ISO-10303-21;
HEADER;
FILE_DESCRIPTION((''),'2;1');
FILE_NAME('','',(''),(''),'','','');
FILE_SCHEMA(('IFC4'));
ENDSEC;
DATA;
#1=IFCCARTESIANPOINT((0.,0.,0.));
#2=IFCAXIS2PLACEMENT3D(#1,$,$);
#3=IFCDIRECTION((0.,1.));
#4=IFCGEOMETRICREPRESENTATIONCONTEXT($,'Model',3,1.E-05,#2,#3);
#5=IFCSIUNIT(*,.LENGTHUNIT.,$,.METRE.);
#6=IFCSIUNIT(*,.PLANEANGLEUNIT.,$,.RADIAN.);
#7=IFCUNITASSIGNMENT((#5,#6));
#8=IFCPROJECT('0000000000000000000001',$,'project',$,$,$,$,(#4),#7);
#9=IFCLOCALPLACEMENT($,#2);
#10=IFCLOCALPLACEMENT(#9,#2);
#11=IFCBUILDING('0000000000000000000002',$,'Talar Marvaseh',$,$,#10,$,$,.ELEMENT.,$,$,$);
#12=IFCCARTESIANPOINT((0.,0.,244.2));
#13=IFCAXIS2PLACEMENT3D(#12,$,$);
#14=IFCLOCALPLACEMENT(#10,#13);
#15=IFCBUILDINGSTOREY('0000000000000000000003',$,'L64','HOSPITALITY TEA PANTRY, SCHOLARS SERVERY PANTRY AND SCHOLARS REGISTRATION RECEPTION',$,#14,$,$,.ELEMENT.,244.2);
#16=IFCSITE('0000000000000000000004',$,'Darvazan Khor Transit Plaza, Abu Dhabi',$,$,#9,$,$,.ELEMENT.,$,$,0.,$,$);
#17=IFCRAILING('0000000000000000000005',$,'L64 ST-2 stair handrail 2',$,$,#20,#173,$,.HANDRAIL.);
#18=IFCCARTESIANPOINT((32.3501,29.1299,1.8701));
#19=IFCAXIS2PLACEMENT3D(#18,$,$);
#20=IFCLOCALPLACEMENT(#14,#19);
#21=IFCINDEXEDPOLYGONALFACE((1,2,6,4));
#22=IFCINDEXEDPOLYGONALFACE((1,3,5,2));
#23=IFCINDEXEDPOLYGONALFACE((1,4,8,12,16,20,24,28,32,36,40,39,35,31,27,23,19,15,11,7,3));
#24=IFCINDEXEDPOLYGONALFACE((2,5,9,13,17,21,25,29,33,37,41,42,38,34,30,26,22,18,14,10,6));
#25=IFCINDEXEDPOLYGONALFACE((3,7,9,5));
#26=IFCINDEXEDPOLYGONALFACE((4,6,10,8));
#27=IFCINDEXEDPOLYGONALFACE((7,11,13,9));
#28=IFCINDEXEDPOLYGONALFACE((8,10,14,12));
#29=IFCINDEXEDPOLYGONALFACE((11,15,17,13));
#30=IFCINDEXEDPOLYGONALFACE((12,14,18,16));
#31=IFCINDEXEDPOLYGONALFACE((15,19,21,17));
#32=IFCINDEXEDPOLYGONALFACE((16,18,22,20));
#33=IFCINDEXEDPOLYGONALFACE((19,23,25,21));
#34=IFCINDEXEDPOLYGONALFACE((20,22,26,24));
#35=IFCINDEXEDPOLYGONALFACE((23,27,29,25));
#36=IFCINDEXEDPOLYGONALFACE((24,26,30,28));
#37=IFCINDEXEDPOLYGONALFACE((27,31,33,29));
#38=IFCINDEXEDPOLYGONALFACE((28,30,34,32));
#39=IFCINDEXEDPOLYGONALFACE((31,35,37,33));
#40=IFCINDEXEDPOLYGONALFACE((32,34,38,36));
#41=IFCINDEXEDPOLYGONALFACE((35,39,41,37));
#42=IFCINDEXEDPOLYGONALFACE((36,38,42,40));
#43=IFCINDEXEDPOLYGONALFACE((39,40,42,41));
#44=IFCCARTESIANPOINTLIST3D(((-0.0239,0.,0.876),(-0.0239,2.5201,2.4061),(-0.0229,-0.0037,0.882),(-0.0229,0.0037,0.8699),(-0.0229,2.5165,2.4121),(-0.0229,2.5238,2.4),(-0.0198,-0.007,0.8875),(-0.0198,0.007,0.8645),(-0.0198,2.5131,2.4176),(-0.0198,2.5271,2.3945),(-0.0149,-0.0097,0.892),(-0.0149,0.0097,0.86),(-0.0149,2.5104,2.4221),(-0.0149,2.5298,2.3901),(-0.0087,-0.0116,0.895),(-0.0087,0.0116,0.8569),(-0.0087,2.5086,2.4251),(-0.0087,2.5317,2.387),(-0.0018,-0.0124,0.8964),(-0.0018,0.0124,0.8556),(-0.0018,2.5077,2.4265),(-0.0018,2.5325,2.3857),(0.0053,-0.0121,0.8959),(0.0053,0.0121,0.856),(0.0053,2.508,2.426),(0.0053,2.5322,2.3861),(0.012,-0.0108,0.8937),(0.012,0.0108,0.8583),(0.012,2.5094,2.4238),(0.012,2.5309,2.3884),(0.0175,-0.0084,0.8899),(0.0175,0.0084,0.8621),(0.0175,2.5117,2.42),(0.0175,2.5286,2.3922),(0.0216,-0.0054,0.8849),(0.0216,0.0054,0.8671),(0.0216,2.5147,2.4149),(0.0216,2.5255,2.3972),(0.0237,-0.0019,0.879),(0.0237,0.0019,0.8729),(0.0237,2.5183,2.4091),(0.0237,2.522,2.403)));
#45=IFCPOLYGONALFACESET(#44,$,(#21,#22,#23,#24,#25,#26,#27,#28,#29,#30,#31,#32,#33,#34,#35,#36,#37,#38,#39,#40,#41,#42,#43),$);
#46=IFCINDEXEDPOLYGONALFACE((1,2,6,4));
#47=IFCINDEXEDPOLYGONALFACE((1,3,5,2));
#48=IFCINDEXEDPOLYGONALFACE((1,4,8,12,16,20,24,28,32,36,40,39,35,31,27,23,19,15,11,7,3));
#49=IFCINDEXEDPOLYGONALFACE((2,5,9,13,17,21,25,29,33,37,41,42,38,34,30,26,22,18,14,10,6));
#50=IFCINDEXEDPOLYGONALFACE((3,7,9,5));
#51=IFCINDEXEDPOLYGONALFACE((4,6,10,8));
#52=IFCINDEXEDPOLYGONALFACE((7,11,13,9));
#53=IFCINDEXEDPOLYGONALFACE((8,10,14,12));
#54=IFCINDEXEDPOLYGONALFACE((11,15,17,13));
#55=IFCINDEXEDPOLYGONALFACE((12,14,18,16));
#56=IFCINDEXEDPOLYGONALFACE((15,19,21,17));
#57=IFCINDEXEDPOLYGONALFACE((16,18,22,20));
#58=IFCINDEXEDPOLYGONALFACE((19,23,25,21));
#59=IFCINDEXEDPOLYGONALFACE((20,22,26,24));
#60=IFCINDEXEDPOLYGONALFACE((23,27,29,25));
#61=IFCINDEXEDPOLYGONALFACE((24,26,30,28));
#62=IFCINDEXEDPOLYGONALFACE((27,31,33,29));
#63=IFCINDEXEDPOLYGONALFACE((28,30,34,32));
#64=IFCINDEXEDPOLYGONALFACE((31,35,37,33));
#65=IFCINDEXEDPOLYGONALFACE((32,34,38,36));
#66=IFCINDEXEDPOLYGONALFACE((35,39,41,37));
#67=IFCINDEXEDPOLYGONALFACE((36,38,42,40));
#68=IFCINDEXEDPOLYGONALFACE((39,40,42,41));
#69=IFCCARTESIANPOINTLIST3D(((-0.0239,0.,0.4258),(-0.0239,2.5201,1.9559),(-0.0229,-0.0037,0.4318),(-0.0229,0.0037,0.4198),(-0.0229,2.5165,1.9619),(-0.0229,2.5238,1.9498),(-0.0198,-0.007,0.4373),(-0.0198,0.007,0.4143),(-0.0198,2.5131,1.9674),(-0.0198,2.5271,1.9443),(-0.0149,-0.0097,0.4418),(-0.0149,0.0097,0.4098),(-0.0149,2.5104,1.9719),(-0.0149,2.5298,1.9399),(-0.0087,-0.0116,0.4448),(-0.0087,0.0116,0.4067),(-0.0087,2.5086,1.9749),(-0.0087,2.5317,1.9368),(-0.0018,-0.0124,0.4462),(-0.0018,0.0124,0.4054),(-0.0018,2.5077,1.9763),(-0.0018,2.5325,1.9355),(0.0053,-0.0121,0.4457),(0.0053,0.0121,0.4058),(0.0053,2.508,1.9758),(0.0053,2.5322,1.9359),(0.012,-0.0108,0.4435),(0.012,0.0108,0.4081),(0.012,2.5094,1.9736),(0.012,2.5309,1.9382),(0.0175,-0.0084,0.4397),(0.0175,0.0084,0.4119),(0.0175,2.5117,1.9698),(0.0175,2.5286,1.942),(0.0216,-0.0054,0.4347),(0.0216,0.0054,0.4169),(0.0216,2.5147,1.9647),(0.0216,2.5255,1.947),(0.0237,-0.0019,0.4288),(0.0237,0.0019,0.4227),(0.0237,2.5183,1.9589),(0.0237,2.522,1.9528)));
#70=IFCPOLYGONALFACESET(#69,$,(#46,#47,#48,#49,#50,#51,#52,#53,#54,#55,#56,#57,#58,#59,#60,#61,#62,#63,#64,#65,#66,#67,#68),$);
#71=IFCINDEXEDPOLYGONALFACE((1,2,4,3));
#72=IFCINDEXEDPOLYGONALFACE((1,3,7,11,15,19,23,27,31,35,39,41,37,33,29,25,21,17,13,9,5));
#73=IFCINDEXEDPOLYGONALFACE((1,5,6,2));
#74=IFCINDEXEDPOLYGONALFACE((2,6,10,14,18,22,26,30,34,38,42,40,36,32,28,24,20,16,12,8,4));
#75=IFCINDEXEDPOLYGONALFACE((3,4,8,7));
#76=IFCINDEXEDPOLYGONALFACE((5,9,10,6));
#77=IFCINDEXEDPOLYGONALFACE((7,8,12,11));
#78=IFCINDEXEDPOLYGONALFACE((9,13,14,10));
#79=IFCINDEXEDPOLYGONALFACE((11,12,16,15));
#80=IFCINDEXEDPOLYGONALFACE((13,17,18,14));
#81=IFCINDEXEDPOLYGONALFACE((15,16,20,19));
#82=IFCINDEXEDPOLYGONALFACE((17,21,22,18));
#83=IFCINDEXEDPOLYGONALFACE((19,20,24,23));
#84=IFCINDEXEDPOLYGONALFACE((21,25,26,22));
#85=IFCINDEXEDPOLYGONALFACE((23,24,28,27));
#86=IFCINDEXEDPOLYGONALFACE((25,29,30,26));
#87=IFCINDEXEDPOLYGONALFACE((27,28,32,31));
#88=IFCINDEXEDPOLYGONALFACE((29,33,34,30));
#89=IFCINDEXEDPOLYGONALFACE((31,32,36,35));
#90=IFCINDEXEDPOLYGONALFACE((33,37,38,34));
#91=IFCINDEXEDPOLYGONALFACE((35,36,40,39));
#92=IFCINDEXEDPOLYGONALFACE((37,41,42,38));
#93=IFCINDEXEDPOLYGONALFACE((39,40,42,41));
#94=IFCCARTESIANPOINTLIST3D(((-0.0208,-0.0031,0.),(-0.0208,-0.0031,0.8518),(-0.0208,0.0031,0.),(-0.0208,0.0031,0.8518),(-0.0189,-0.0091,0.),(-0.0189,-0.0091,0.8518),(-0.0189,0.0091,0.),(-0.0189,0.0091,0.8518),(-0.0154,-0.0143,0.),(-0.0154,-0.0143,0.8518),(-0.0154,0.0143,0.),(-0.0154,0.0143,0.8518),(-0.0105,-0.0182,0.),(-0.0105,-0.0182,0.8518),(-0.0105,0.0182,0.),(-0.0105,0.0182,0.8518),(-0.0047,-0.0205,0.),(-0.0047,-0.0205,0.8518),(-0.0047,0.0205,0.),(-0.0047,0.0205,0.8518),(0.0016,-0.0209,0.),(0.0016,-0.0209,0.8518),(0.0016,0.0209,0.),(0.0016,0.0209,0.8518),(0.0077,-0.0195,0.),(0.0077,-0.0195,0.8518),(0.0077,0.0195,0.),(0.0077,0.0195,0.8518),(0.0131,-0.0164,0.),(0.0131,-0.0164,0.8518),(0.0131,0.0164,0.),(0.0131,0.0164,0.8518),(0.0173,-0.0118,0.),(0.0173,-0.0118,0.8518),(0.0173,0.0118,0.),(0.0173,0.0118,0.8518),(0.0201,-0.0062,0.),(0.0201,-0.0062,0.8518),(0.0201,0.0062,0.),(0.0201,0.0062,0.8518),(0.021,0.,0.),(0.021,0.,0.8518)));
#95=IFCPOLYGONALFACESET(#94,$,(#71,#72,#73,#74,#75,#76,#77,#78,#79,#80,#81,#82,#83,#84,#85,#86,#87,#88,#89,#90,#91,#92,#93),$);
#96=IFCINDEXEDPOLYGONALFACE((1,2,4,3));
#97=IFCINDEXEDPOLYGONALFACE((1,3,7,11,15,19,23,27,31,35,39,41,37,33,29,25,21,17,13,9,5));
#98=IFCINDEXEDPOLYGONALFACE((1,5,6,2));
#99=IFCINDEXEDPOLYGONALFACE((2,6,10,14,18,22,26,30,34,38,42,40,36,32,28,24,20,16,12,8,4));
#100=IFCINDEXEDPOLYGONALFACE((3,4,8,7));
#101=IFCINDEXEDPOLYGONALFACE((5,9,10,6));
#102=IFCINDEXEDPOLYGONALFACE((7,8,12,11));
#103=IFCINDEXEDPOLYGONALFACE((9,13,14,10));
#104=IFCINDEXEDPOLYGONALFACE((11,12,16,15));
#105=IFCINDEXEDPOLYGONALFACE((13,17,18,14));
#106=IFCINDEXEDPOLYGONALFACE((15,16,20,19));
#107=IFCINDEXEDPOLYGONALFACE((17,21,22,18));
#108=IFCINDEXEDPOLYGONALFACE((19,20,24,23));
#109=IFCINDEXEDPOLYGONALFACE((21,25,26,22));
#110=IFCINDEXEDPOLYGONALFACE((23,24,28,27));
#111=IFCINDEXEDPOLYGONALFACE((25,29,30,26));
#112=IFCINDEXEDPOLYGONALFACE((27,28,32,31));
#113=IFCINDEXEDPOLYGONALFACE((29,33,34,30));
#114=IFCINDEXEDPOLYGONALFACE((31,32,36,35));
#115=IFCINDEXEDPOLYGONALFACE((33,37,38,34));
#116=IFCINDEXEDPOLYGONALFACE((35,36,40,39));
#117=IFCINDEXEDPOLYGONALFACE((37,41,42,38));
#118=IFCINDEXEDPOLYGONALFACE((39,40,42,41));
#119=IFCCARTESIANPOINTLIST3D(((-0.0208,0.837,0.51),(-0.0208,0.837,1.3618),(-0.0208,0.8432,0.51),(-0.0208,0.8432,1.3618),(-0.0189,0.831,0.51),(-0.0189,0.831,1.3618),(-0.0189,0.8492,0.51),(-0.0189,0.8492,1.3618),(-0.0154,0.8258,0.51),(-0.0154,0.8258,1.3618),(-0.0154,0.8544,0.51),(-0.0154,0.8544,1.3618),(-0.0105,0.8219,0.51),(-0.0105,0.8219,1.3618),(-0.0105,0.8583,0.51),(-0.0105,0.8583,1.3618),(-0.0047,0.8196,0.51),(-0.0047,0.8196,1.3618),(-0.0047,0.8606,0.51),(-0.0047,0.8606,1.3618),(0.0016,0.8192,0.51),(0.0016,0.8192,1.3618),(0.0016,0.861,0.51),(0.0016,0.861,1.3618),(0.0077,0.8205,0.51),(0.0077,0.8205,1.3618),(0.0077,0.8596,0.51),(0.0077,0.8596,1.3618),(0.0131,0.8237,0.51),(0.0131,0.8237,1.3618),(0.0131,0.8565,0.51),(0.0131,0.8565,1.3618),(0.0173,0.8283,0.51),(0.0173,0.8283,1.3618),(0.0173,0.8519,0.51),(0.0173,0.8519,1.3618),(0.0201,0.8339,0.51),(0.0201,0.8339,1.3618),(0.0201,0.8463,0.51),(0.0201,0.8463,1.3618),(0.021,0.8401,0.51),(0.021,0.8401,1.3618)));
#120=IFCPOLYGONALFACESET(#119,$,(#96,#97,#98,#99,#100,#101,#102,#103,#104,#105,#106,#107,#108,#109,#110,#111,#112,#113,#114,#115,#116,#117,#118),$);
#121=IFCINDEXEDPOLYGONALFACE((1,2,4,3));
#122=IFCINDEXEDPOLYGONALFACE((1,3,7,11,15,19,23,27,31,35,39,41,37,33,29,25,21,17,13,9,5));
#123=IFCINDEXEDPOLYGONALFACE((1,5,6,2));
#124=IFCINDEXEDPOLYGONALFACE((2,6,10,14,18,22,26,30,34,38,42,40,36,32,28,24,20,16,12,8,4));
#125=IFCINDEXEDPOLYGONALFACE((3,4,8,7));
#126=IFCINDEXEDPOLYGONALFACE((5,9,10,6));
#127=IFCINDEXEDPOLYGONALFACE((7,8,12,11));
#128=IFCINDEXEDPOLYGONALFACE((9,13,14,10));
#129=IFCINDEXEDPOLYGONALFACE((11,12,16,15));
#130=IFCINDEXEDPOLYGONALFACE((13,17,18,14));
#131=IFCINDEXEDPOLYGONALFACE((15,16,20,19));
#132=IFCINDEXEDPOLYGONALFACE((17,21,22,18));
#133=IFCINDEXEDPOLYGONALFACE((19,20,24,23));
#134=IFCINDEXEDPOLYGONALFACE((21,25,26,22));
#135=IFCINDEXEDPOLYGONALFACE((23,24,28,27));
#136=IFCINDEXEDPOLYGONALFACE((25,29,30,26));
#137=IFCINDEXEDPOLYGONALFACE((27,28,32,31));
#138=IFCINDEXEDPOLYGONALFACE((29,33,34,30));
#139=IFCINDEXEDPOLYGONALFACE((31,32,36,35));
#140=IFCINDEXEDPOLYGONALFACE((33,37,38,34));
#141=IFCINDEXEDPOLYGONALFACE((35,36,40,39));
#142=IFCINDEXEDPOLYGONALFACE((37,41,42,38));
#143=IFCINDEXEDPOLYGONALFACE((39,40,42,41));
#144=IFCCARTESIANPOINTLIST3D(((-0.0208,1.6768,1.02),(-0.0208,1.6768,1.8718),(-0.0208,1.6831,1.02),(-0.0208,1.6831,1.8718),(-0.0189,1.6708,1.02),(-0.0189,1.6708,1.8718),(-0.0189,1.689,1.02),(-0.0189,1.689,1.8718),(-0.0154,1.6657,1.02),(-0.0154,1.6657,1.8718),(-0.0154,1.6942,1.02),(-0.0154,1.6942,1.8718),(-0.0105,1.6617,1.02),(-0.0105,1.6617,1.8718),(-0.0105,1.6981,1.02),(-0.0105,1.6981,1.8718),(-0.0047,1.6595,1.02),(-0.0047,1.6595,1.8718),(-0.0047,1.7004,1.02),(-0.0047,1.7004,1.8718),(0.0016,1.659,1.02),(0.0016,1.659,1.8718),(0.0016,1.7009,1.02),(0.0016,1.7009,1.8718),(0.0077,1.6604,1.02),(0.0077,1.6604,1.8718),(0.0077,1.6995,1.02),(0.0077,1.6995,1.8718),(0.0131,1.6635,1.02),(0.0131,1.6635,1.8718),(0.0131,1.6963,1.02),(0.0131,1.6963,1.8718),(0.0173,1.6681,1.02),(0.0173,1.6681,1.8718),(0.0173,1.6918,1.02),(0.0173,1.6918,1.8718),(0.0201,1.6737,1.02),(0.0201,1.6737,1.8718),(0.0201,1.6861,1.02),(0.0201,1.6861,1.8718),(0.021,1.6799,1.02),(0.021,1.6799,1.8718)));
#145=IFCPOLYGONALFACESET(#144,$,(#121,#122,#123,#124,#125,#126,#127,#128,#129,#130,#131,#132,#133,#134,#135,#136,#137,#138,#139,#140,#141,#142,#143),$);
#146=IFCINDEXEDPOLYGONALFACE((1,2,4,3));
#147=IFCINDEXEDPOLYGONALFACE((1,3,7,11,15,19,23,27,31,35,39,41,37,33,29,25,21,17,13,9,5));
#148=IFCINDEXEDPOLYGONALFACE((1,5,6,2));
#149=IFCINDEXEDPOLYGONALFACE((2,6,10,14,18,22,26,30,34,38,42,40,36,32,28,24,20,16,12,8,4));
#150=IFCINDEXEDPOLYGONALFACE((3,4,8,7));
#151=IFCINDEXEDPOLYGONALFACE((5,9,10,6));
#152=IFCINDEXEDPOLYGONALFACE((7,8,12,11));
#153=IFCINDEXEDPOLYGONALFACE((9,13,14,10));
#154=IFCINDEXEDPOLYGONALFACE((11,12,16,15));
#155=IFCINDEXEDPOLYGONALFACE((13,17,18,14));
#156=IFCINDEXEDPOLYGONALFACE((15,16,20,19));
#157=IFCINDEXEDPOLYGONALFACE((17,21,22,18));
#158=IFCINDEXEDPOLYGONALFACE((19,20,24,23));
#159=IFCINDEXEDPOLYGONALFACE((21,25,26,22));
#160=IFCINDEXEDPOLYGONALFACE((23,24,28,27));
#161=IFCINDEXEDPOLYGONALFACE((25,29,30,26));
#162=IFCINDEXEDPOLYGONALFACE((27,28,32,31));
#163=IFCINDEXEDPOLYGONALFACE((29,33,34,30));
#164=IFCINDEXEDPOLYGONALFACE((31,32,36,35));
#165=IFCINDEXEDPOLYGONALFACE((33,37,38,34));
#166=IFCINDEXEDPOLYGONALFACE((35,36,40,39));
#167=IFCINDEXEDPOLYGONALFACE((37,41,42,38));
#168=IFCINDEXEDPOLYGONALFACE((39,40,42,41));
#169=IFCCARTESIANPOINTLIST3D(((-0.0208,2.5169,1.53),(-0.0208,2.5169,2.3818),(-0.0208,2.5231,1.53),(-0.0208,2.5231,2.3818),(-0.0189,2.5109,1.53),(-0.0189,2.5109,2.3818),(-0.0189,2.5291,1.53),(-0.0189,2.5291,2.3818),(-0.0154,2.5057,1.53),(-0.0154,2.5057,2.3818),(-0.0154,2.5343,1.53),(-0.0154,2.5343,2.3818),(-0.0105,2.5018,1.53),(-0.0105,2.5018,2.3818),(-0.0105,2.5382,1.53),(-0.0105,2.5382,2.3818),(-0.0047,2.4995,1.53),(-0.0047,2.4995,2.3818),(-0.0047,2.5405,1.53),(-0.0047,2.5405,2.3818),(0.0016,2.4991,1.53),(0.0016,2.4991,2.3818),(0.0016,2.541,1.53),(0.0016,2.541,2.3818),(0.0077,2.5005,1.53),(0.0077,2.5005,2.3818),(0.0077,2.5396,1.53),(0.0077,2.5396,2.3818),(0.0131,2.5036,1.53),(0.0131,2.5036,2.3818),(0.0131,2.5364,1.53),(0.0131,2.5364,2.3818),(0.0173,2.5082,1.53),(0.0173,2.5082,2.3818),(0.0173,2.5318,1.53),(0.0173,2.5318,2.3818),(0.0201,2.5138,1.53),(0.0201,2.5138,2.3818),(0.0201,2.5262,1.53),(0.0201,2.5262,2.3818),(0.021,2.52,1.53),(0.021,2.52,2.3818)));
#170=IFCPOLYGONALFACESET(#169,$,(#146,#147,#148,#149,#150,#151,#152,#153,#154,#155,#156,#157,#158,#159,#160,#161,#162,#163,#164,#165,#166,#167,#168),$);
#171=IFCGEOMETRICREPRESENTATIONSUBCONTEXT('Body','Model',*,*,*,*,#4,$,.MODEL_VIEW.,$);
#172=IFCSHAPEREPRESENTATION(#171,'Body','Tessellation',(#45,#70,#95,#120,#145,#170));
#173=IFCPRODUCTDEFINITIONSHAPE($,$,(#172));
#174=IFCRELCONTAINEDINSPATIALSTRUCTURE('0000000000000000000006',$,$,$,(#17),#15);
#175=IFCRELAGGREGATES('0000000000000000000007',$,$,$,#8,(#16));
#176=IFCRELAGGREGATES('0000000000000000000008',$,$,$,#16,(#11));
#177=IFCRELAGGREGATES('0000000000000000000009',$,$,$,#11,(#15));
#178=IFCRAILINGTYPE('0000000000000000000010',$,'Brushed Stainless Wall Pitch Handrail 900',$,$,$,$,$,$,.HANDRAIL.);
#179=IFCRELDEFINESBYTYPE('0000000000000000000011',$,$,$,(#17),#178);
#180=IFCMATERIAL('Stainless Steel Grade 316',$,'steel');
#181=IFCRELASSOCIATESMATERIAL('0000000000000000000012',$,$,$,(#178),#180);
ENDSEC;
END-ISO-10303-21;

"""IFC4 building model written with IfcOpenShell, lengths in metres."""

from ifc_helpers import new_model, si_unit, direction, frame, origin, origin_2d, place, context, subcontext, project, spatial, circle, extrude, material, type_object, element, save


model = new_model("IFC4")

# Units and contexts
model_context = context("Model", 3, precision=1e-05, world=origin(), true_north=direction((0.0, 1.0)))
body_context = subcontext(model_context, "Body", "Model", "MODEL_VIEW")
ifc_project = project(units=[si_unit("LENGTHUNIT", "METRE"), si_unit("PLANEANGLEUNIT", "RADIAN")], contexts=[model_context])

# Site, building, storey
site_placement = place(None, origin())
site = spatial("IfcSite", under=ifc_project, at=site_placement, Name="Darvazan Khor Transit Plaza, Abu Dhabi", CompositionType="ELEMENT", RefElevation=0.0)
building_placement = place(site_placement, origin())
building = spatial("IfcBuilding", under=site, at=building_placement, Name="Talar Marvaseh", CompositionType="ELEMENT")
storey_placement = place(building_placement, frame((0.0, 0.0, 244.2)))
storey = spatial("IfcBuildingStorey", under=building, at=storey_placement, Name="L64", Description="HOSPITALITY TEA PANTRY, SCHOLARS SERVERY PANTRY AND SCHOLARS REGISTRATION RECEPTION", CompositionType="ELEMENT", Elevation=244.2)

# Railing
ifc_material_1 = material(Name="Stainless Steel Grade 316", Category="steel")
railing_type = type_object("IfcRailingType", Name="Brushed Stainless Wall Pitch Handrail 900", PredefinedType="HANDRAIL", material=ifc_material_1)
railing_placement = place(storey_placement, frame((32.3501, 29.1299, 1.8701)))
element("IfcRailing", 1, at=railing_placement, inside=storey, type_object=railing_type, Name="L64 ST-2 stair handrail 2", PredefinedType="HANDRAIL", context=body_context, shape_type="SweptSolid", body=[
    extrude(circle(Radius=0.0239, at=origin_2d()), frame((0.0, 0.0, 0.876), z_axis=(0.0, 0.854785, 0.518982), x_axis=(-1.0, 0.0, 0.0)), (0.0, 0.0, 1.0), 2.9482),
    extrude(circle(Radius=0.0239, at=origin_2d()), frame((0.0, 0.0, 0.4258), z_axis=(0.0, 0.854785, 0.518982), x_axis=(-1.0, 0.0, 0.0)), (0.0, 0.0, 1.0), 2.9482),
    extrude(circle(Radius=0.021, at=origin_2d()), origin(), (0.0, 0.0, 1.0), 0.8518),
    extrude(circle(Radius=0.021, at=origin_2d()), frame((0.0, 0.8401, 0.51)), (0.0, 0.0, 1.0), 0.8518),
    extrude(circle(Radius=0.021, at=origin_2d()), frame((0.0, 1.6799, 1.02)), (0.0, 0.0, 1.0), 0.8518),
    extrude(circle(Radius=0.021, at=origin_2d()), frame((0.0, 2.52, 1.53)), (0.0, 0.0, 1.0), 0.8518),
])

save(model, "model.ifc")
